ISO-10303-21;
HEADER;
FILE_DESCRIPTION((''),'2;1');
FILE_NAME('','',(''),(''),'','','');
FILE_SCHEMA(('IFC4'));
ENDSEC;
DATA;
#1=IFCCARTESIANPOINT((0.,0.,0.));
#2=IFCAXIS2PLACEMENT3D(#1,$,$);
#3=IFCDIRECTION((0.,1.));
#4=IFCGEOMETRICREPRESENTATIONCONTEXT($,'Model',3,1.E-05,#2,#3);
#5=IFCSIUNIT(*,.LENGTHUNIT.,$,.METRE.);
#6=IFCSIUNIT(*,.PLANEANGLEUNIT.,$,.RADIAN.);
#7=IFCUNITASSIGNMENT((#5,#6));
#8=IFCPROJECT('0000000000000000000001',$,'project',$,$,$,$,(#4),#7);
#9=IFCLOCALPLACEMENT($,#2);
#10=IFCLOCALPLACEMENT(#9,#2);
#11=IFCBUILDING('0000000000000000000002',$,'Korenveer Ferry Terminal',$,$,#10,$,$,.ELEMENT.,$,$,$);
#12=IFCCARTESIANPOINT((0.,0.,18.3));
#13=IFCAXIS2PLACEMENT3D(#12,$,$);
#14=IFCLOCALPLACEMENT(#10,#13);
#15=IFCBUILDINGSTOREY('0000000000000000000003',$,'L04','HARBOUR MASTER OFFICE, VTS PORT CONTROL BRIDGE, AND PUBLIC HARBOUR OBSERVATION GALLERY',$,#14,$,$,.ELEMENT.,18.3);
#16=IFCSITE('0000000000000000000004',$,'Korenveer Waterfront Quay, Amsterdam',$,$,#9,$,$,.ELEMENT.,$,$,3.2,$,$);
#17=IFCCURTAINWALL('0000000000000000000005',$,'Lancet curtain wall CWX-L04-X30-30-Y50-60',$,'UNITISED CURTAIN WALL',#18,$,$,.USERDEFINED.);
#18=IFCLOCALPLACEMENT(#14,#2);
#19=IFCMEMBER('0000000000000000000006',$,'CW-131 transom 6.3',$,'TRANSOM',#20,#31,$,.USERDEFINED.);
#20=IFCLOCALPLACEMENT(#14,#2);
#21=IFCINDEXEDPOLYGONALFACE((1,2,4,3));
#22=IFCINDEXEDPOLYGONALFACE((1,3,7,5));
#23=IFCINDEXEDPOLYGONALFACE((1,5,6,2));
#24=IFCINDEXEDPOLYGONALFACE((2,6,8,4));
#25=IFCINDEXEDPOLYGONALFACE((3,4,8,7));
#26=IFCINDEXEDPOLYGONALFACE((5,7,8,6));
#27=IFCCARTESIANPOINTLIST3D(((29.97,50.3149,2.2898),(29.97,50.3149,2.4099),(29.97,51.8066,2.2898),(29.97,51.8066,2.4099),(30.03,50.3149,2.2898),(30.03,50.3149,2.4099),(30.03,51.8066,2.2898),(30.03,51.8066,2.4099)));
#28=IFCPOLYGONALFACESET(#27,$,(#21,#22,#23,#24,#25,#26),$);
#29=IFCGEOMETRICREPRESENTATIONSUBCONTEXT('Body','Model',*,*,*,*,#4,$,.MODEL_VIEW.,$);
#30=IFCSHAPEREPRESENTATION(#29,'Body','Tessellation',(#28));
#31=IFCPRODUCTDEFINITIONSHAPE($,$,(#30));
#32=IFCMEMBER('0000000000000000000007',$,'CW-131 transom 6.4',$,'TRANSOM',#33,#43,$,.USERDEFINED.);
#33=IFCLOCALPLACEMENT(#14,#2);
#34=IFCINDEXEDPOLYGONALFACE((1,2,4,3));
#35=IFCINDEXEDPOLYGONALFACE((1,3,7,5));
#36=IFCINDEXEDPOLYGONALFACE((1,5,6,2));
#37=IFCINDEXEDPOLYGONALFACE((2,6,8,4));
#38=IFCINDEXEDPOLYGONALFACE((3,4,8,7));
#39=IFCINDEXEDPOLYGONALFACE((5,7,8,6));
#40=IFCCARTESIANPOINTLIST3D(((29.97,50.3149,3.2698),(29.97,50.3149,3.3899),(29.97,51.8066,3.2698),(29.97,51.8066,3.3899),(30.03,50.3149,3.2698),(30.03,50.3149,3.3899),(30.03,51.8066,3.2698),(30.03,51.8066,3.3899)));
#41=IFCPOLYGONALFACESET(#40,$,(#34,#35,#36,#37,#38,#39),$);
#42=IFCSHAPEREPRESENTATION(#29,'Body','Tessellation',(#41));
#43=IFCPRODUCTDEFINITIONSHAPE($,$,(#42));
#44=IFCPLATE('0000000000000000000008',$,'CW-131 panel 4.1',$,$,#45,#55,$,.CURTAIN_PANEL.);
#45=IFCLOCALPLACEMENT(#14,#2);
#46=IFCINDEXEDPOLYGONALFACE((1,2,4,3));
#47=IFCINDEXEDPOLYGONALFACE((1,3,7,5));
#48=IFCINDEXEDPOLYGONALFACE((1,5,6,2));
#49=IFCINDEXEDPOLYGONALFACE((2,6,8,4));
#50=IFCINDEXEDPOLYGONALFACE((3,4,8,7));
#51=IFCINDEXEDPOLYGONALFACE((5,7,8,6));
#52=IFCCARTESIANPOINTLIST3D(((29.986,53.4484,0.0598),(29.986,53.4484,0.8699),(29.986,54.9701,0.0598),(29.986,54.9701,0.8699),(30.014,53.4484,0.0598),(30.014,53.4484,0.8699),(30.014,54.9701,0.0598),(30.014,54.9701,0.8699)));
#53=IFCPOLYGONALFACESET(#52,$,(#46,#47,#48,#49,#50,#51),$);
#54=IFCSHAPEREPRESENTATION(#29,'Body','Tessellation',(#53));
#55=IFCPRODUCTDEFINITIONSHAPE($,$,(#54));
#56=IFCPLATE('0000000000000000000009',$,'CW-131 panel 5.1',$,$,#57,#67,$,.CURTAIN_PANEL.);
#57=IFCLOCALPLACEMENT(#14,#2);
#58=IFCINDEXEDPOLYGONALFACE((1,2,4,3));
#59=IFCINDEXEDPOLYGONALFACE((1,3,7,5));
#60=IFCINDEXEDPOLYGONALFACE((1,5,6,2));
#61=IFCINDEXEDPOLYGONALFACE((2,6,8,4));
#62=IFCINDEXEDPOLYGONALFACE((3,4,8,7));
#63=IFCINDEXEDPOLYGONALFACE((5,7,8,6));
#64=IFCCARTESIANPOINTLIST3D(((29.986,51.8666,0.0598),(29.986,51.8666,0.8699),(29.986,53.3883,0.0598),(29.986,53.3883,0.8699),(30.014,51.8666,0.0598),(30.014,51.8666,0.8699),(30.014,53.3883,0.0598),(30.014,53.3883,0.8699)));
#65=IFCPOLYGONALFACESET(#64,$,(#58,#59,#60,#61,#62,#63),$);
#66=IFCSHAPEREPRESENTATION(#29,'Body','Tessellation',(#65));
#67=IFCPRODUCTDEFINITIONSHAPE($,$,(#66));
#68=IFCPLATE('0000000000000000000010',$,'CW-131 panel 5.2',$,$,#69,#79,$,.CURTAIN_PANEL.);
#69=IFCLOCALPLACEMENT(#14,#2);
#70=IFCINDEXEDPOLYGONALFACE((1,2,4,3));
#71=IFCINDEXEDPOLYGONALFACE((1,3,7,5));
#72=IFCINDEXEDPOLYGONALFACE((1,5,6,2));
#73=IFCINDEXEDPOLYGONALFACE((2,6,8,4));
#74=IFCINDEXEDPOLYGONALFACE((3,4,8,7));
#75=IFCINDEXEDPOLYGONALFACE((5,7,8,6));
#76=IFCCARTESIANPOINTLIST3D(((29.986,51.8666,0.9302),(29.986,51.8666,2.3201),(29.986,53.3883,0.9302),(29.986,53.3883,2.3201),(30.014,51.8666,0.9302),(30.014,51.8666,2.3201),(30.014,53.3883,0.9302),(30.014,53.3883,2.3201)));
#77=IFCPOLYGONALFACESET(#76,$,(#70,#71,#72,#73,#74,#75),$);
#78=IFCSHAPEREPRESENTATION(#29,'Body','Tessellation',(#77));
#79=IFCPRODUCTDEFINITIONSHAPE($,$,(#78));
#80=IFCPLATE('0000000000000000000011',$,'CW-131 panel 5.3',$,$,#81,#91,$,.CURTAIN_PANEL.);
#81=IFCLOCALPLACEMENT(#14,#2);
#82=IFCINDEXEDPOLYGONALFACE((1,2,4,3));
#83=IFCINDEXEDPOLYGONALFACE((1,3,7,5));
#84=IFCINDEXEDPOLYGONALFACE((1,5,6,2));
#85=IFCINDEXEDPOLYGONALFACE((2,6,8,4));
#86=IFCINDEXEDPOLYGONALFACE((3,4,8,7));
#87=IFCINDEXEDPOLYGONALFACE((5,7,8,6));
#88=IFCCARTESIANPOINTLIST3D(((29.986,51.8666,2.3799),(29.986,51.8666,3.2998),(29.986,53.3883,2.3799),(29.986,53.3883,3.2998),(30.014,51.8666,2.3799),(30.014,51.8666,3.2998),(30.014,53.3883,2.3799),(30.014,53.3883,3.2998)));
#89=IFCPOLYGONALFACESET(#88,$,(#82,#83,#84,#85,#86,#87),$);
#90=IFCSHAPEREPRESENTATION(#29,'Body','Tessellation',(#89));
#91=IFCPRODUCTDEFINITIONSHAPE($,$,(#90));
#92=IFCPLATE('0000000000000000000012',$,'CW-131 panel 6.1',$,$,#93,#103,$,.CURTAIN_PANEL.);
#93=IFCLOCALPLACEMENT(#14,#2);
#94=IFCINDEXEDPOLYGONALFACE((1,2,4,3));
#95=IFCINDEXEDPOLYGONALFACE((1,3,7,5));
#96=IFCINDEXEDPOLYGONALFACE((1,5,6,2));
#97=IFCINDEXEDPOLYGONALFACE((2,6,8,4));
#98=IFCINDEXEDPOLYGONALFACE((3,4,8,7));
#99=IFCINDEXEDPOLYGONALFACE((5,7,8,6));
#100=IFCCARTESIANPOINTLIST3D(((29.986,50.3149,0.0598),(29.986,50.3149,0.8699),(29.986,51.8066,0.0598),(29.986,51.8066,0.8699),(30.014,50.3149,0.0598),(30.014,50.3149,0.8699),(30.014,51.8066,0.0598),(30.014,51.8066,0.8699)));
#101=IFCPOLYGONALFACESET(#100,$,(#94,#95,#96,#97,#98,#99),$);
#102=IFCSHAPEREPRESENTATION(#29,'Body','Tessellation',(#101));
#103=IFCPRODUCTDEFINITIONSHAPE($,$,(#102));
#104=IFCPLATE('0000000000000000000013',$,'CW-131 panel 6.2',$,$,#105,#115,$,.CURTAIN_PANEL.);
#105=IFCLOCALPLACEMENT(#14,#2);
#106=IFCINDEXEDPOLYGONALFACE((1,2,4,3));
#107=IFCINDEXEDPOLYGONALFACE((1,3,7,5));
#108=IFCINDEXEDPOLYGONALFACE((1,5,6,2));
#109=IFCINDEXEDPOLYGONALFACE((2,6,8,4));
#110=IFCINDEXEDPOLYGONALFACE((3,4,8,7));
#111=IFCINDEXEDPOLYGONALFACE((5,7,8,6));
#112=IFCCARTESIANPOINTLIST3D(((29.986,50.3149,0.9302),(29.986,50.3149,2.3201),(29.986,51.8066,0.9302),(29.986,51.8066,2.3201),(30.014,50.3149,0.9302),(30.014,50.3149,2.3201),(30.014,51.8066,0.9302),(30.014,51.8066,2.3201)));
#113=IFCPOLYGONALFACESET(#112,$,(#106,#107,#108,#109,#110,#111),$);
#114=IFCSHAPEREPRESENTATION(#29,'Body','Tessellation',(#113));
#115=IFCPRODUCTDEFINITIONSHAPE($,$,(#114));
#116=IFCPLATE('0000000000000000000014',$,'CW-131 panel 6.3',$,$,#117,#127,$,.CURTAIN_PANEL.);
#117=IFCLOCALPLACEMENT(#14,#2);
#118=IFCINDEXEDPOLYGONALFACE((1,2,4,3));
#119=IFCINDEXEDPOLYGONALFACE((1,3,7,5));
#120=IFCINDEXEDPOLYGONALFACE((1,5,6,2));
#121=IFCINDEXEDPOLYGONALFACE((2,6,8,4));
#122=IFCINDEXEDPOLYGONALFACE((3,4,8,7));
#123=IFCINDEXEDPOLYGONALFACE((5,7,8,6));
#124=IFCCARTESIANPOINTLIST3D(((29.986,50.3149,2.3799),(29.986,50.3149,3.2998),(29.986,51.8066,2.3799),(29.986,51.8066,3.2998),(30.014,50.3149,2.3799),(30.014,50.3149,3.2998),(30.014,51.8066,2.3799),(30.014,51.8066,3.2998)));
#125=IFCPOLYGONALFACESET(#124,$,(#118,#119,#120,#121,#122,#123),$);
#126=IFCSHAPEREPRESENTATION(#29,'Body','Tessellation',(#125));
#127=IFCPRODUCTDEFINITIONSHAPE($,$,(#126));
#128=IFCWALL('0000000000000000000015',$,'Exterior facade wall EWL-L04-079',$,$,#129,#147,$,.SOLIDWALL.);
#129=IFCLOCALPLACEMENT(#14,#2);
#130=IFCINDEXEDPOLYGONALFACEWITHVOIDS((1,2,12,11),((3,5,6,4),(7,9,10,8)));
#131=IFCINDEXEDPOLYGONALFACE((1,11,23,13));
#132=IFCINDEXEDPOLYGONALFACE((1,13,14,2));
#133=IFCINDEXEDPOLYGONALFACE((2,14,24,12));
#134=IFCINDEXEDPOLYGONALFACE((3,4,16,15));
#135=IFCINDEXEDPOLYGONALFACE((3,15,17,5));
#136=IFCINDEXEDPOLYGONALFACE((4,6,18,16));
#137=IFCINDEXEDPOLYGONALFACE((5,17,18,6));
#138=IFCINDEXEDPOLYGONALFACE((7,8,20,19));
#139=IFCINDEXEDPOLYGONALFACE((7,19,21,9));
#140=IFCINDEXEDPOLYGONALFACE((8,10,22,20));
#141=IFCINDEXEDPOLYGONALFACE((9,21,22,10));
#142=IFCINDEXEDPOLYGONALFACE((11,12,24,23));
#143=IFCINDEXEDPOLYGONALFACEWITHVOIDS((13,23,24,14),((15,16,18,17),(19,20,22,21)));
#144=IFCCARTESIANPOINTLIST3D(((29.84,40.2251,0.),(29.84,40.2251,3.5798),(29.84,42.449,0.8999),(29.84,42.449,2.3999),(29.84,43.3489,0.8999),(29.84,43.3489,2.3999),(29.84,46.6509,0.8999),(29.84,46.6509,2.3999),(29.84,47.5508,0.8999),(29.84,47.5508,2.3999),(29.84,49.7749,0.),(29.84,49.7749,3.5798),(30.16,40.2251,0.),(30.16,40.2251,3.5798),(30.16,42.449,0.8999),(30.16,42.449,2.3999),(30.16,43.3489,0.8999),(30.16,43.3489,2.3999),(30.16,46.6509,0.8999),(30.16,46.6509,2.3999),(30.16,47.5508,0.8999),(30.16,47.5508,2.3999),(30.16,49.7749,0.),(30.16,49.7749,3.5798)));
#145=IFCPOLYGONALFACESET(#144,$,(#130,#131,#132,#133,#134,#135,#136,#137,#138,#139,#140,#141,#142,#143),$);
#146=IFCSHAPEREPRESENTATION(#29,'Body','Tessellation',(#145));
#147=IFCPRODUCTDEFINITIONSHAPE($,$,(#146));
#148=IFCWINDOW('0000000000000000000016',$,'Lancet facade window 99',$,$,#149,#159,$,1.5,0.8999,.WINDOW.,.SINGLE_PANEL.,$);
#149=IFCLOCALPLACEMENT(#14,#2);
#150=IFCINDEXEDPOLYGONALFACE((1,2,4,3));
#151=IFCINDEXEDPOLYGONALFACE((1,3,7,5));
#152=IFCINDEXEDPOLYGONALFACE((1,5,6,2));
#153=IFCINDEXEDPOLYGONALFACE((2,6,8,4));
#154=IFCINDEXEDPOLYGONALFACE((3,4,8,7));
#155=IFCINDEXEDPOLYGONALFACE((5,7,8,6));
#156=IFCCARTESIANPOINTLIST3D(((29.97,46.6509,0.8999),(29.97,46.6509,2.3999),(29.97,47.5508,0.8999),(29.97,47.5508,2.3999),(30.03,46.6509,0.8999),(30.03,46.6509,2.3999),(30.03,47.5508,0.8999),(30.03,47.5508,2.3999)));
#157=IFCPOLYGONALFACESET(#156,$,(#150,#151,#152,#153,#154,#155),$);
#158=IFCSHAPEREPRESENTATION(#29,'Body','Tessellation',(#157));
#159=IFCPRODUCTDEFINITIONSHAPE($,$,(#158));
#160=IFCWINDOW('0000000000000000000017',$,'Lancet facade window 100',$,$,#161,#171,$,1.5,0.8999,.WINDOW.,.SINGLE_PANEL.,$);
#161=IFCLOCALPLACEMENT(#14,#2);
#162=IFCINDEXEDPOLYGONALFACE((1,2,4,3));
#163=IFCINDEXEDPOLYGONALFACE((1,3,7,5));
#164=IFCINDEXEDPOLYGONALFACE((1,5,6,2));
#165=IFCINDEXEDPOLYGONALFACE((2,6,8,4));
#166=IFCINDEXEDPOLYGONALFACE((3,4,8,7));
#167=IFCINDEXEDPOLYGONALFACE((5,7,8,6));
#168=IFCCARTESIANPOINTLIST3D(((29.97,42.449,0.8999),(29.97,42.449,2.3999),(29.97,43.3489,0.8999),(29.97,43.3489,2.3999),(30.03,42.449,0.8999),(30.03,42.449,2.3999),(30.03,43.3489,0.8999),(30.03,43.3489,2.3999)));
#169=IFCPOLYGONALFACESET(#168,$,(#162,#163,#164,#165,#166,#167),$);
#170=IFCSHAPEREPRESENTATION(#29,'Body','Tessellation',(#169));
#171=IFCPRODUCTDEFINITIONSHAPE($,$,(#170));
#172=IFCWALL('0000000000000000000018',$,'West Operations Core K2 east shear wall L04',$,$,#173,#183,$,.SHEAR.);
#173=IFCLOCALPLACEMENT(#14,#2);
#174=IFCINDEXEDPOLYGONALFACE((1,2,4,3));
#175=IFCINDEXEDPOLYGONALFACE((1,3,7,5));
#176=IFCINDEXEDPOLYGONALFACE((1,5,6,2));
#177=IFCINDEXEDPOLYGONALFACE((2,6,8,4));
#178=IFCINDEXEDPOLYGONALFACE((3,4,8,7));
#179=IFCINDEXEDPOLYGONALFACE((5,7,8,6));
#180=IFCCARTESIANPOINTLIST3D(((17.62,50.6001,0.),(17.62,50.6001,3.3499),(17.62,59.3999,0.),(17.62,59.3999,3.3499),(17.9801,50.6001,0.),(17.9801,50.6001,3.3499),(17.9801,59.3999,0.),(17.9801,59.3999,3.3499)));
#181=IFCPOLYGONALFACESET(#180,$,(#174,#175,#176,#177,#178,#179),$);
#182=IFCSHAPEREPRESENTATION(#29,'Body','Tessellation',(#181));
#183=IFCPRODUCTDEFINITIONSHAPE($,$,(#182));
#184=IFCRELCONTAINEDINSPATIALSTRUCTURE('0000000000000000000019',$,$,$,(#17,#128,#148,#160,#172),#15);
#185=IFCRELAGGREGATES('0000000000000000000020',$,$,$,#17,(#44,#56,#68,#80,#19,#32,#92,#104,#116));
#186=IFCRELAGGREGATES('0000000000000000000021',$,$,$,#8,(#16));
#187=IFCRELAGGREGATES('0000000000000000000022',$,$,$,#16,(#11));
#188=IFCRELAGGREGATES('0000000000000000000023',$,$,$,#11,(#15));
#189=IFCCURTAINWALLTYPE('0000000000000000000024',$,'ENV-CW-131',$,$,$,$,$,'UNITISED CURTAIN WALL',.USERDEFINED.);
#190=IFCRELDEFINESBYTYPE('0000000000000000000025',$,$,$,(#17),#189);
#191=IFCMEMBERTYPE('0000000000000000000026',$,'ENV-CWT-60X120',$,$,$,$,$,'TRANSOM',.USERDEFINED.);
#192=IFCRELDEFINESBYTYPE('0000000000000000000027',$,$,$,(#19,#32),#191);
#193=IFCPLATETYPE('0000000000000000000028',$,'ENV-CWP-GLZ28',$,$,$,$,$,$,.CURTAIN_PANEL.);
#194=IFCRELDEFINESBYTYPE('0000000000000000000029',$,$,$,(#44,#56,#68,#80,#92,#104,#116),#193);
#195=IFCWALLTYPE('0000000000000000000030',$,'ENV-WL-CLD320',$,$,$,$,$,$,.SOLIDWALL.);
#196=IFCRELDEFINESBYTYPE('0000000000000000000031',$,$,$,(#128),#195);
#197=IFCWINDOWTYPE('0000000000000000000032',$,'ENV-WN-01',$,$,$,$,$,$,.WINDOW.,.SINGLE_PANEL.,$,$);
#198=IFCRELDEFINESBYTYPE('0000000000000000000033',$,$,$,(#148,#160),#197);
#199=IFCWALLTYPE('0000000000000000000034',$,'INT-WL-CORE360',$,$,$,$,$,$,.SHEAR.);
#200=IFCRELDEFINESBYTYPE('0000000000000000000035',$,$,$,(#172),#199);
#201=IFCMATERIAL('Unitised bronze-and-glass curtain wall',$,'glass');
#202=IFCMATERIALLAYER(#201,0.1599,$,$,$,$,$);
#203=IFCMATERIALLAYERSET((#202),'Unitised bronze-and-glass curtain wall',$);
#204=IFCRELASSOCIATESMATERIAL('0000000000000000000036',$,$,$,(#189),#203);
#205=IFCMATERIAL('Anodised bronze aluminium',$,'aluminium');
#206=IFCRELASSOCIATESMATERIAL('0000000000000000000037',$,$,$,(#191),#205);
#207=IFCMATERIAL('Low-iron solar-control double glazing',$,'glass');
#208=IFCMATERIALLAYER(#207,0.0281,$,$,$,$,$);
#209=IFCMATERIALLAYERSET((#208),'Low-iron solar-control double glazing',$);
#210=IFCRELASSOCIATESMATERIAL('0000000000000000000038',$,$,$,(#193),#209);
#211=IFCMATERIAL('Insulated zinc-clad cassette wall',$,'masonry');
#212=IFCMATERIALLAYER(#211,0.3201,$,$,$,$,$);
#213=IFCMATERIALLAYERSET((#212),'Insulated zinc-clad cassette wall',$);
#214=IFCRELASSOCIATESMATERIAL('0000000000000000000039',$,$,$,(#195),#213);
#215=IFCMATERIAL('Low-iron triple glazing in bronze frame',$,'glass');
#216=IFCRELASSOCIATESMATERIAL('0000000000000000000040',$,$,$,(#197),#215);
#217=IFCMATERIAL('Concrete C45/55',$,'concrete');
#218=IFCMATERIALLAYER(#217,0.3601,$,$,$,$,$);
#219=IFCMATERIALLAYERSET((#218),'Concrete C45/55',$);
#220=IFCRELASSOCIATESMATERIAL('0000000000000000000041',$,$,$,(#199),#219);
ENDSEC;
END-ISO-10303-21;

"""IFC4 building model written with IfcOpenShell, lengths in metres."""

from ifc_helpers import new_model, si_unit, direction, frame, frame_2d, origin, origin_2d, place, context, subcontext, project, spatial, rectangle, extrude, material, layer, layer_set, material_profile, profile_set, type_object, element, fill, aggregate, save


model = new_model("IFC4")

# Units and contexts
model_context = context("Model", 3, precision=1e-05, world=origin(), true_north=direction((0.0, 1.0)))
body_context = subcontext(model_context, "Body", "Model", "MODEL_VIEW")
ifc_project = project(units=[si_unit("LENGTHUNIT", "METRE"), si_unit("PLANEANGLEUNIT", "RADIAN")], contexts=[model_context])

# Site, building, storey
site_placement = place(None, origin())
site = spatial("IfcSite", under=ifc_project, at=site_placement, Name="Korenveer Waterfront Quay, Amsterdam", CompositionType="ELEMENT", RefElevation=3.2)
building_placement = place(site_placement, origin())
building = spatial("IfcBuilding", under=site, at=building_placement, Name="Korenveer Ferry Terminal", CompositionType="ELEMENT")
storey_placement = place(building_placement, frame((0.0, 0.0, 18.3)))
storey = spatial("IfcBuildingStorey", under=building, at=storey_placement, Name="L04", Description="HARBOUR MASTER OFFICE, VTS PORT CONTROL BRIDGE, AND PUBLIC HARBOUR OBSERVATION GALLERY", CompositionType="ELEMENT", Elevation=18.3)

# Shared definitions
ifc_material_1 = material(Name="Concrete C45/55", Category="concrete")

# Shared definitions
ifc_material_2 = material(Name="Unitised bronze-and-glass curtain wall", Category="glass")
ifc_material_3 = material(Name="Anodised bronze aluminium", Category="aluminium")

# Curtain wall
ifc_layer_1 = layer(ifc_material_2, 0.1599)
ifc_layer_set_1 = layer_set([ifc_layer_1], Name="Unitised bronze-and-glass curtain wall")
curtain_wall_type_1 = type_object("IfcCurtainWallType", Name="ENV-CW-131", ElementType="UNITISED CURTAIN WALL", PredefinedType="USERDEFINED", material=ifc_layer_set_1)
curtain_wall_1_placement = place(storey_placement, frame((30.0, 59.7451, 0.0)))
curtain_wall_1 = element("IfcCurtainWall", 1, at=curtain_wall_1_placement, inside=storey, type_object=curtain_wall_type_1, Name="Lancet curtain wall CWX-L04-X30-30-Y50-60", ObjectType="UNITISED CURTAIN WALL", PredefinedType="USERDEFINED")

# Members
ifc_material_profile_1 = material_profile(ifc_material_3, rectangle(XDim=0.0601, YDim=0.1201, at=origin_2d()), Name="ALU 60x120")
ifc_profile_set_1 = profile_set([ifc_material_profile_1], Name="Anodised bronze aluminium")
member_type_1 = type_object("IfcMemberType", Name="ENV-CWT-60X120", ElementType="TRANSOM", PredefinedType="USERDEFINED", material=ifc_profile_set_1)
member_1_placement = place(storey_placement, frame((30.0, 51.8066, 2.3499), z_axis=(0.0, -1.0, 0.0), x_axis=(1.0, 0.0, 0.0)))
member_1 = element("IfcMember", 2, at=member_1_placement, type_object=member_type_1, Name="CW-131 transom 6.3", ObjectType="TRANSOM", PredefinedType="USERDEFINED", context=body_context, shape_type="SweptSolid", body=[
    extrude(rectangle(XDim=0.0601, YDim=0.1201, at=origin_2d()), origin(), (0.0, 0.0, 1.0), 1.4917),
])
member_2_placement = place(storey_placement, frame((30.0, 51.8066, 3.3298), z_axis=(0.0, -1.0, 0.0), x_axis=(1.0, 0.0, 0.0)))
member_2 = element("IfcMember", 3, at=member_2_placement, type_object=member_type_1, Name="CW-131 transom 6.4", ObjectType="TRANSOM", PredefinedType="USERDEFINED", context=body_context, shape_type="SweptSolid", body=[
    extrude(rectangle(XDim=0.0601, YDim=0.1201, at=origin_2d()), origin(), (0.0, 0.0, 1.0), 1.4917),
])

# Plates
ifc_material_4 = material(Name="Low-iron solar-control double glazing", Category="glass")
ifc_layer_2 = layer(ifc_material_4, 0.0281)
ifc_layer_set_2 = layer_set([ifc_layer_2], Name="Low-iron solar-control double glazing")
plate_type = type_object("IfcPlateType", Name="ENV-CWP-GLZ28", PredefinedType="CURTAIN_PANEL", material=ifc_layer_set_2)
plate_1_placement = place(storey_placement, frame((30.0, 54.2092, 0.0598), z_axis=(0.0, 0.0, 1.0), x_axis=(0.0, -1.0, 0.0)))
plate_1 = element("IfcPlate", 4, at=plate_1_placement, type_object=plate_type, Name="CW-131 panel 4.1", PredefinedType="CURTAIN_PANEL", context=body_context, shape_type="SweptSolid", body=[
    extrude(rectangle(XDim=1.5217, YDim=0.0281, at=origin_2d()), origin(), (0.0, 0.0, 1.0), 0.8101),
])
plate_2_placement = place(storey_placement, frame((30.0, 52.6274, 0.0598), z_axis=(0.0, 0.0, 1.0), x_axis=(0.0, -1.0, 0.0)))
plate_2 = element("IfcPlate", 5, at=plate_2_placement, type_object=plate_type, Name="CW-131 panel 5.1", PredefinedType="CURTAIN_PANEL", context=body_context, shape_type="SweptSolid", body=[
    extrude(rectangle(XDim=1.5217, YDim=0.0281, at=origin_2d()), origin(), (0.0, 0.0, 1.0), 0.8101),
])
plate_3_placement = place(storey_placement, frame((30.0, 52.6274, 0.9302), z_axis=(0.0, 0.0, 1.0), x_axis=(0.0, -1.0, 0.0)))
plate_3 = element("IfcPlate", 6, at=plate_3_placement, type_object=plate_type, Name="CW-131 panel 5.2", PredefinedType="CURTAIN_PANEL", context=body_context, shape_type="SweptSolid", body=[
    extrude(rectangle(XDim=1.5217, YDim=0.0281, at=origin_2d()), origin(), (0.0, 0.0, 1.0), 1.3899),
])
plate_4_placement = place(storey_placement, frame((30.0, 52.6274, 2.3799), z_axis=(0.0, 0.0, 1.0), x_axis=(0.0, -1.0, 0.0)))
plate_4 = element("IfcPlate", 7, at=plate_4_placement, type_object=plate_type, Name="CW-131 panel 5.3", PredefinedType="CURTAIN_PANEL", context=body_context, shape_type="SweptSolid", body=[
    extrude(rectangle(XDim=1.5217, YDim=0.0281, at=origin_2d()), origin(), (0.0, 0.0, 1.0), 0.9199),
])
plate_5_placement = place(storey_placement, frame((30.0, 51.0608, 0.0598), z_axis=(0.0, 0.0, 1.0), x_axis=(0.0, -1.0, 0.0)))
plate_5 = element("IfcPlate", 8, at=plate_5_placement, type_object=plate_type, Name="CW-131 panel 6.1", PredefinedType="CURTAIN_PANEL", context=body_context, shape_type="SweptSolid", body=[
    extrude(rectangle(XDim=1.4917, YDim=0.0281, at=origin_2d()), origin(), (0.0, 0.0, 1.0), 0.8101),
])
plate_6_placement = place(storey_placement, frame((30.0, 51.0608, 0.9302), z_axis=(0.0, 0.0, 1.0), x_axis=(0.0, -1.0, 0.0)))
plate_6 = element("IfcPlate", 9, at=plate_6_placement, type_object=plate_type, Name="CW-131 panel 6.2", PredefinedType="CURTAIN_PANEL", context=body_context, shape_type="SweptSolid", body=[
    extrude(rectangle(XDim=1.4917, YDim=0.0281, at=origin_2d()), origin(), (0.0, 0.0, 1.0), 1.3899),
])
plate_7_placement = place(storey_placement, frame((30.0, 51.0608, 2.3799), z_axis=(0.0, 0.0, 1.0), x_axis=(0.0, -1.0, 0.0)))
plate_7 = element("IfcPlate", 10, at=plate_7_placement, type_object=plate_type, Name="CW-131 panel 6.3", PredefinedType="CURTAIN_PANEL", context=body_context, shape_type="SweptSolid", body=[
    extrude(rectangle(XDim=1.4917, YDim=0.0281, at=origin_2d()), origin(), (0.0, 0.0, 1.0), 0.9199),
])
aggregate(curtain_wall_1, [plate_1, plate_2, plate_3, plate_4, member_1, member_2, plate_5, plate_6, plate_7])

# Wall, openings, windows
ifc_material_5 = material(Name="Insulated zinc-clad cassette wall", Category="masonry")
ifc_layer_3 = layer(ifc_material_5, 0.3201)
ifc_layer_set_3 = layer_set([ifc_layer_3], Name="Insulated zinc-clad cassette wall")
wall_type_1 = type_object("IfcWallType", Name="ENV-WL-CLD320", PredefinedType="SOLIDWALL", material=ifc_layer_set_3)
wall_1_placement = place(storey_placement, frame((30.0, 49.7749, 0.0), z_axis=(0.0, 0.0, 1.0), x_axis=(0.0, -1.0, 0.0)))
wall_1 = element("IfcWall", 11, at=wall_1_placement, inside=storey, type_object=wall_type_1, Name="Exterior facade wall EWL-L04-079", PredefinedType="SOLIDWALL", context=body_context, shape_type="SweptSolid", body=[
    extrude(rectangle(XDim=9.5498, YDim=0.3201, at=frame_2d((4.7749, 0.0))), origin(), (0.0, 0.0, 1.0), 3.5798),
])
opening_1_placement = place(wall_1_placement, frame((2.2241, 0.0, 0.8999)))
opening_1 = element("IfcOpeningElement", 12, at=opening_1_placement, cuts=wall_1, PredefinedType="OPENING", context=body_context, shape_type="SweptSolid", body=[
    extrude(rectangle(XDim=0.8999, YDim=1.5, at=frame_2d((0.45, 0.75))), frame((0.0, 0.1699, 0.0), z_axis=(0.0, -1.0, 0.0), x_axis=(1.0, 0.0, 0.0)), (0.0, 0.0, 1.0), 0.3401),
])
opening_2_placement = place(wall_1_placement, frame((6.426, 0.0, 0.8999)))
opening_2 = element("IfcOpeningElement", 13, at=opening_2_placement, cuts=wall_1, PredefinedType="OPENING", context=body_context, shape_type="SweptSolid", body=[
    extrude(rectangle(XDim=0.8999, YDim=1.5, at=frame_2d((0.45, 0.75))), frame((0.0, 0.1699, 0.0), z_axis=(0.0, -1.0, 0.0), x_axis=(1.0, 0.0, 0.0)), (0.0, 0.0, 1.0), 0.3401),
])
ifc_material_6 = material(Name="Low-iron triple glazing in bronze frame", Category="glass")
window_type = type_object("IfcWindowType", Name="ENV-WN-01", PartitioningType="SINGLE_PANEL", PredefinedType="WINDOW", material=ifc_material_6)
window_1_placement = place(opening_1_placement, origin())
window_1 = element("IfcWindow", 14, at=window_1_placement, inside=storey, type_object=window_type, Name="Lancet facade window 99", OverallHeight=1.5, OverallWidth=0.8999, PartitioningType="SINGLE_PANEL", PredefinedType="WINDOW", context=body_context, shape_type="SweptSolid", body=[
    extrude(rectangle(XDim=0.8999, YDim=1.5, at=frame_2d((0.45, 0.75))), frame((0.0, 0.03, 0.0), z_axis=(0.0, -1.0, 0.0), x_axis=(1.0, 0.0, 0.0)), (0.0, 0.0, 1.0), 0.0601),
])
fill(opening_1, window_1)
window_2_placement = place(opening_2_placement, origin())
window_2 = element("IfcWindow", 15, at=window_2_placement, inside=storey, type_object=window_type, Name="Lancet facade window 100", OverallHeight=1.5, OverallWidth=0.8999, PartitioningType="SINGLE_PANEL", PredefinedType="WINDOW", context=body_context, shape_type="SweptSolid", body=[
    extrude(rectangle(XDim=0.8999, YDim=1.5, at=frame_2d((0.45, 0.75))), frame((0.0, 0.03, 0.0), z_axis=(0.0, -1.0, 0.0), x_axis=(1.0, 0.0, 0.0)), (0.0, 0.0, 1.0), 0.0601),
])
fill(opening_2, window_2)

# Wall
ifc_layer_4 = layer(ifc_material_1, 0.3601)
ifc_layer_set_4 = layer_set([ifc_layer_4], Name="Concrete C45/55")
wall_type_2 = type_object("IfcWallType", Name="INT-WL-CORE360", PredefinedType="SHEAR", material=ifc_layer_set_4)
for number, where, z_axis, x_axis, name in (
    (16, (17.8, 50.6001, 0.0), (0.0, 0.0, 1.0), (0.0, 1.0, 0.0), "West Operations Core K2 east shear wall L04"),
):
    element("IfcWall", number, at=place(storey_placement, frame(where, z_axis=z_axis, x_axis=x_axis)), inside=storey, type_object=wall_type_2, Name=name, PredefinedType="SHEAR", context=body_context, shape_type="SweptSolid", body=[
        extrude(rectangle(XDim=8.7998, YDim=0.3601, at=frame_2d((4.3999, 0.0))), origin(), (0.0, 0.0, 1.0), 3.3499),
    ])

save(model, "model.ifc")
